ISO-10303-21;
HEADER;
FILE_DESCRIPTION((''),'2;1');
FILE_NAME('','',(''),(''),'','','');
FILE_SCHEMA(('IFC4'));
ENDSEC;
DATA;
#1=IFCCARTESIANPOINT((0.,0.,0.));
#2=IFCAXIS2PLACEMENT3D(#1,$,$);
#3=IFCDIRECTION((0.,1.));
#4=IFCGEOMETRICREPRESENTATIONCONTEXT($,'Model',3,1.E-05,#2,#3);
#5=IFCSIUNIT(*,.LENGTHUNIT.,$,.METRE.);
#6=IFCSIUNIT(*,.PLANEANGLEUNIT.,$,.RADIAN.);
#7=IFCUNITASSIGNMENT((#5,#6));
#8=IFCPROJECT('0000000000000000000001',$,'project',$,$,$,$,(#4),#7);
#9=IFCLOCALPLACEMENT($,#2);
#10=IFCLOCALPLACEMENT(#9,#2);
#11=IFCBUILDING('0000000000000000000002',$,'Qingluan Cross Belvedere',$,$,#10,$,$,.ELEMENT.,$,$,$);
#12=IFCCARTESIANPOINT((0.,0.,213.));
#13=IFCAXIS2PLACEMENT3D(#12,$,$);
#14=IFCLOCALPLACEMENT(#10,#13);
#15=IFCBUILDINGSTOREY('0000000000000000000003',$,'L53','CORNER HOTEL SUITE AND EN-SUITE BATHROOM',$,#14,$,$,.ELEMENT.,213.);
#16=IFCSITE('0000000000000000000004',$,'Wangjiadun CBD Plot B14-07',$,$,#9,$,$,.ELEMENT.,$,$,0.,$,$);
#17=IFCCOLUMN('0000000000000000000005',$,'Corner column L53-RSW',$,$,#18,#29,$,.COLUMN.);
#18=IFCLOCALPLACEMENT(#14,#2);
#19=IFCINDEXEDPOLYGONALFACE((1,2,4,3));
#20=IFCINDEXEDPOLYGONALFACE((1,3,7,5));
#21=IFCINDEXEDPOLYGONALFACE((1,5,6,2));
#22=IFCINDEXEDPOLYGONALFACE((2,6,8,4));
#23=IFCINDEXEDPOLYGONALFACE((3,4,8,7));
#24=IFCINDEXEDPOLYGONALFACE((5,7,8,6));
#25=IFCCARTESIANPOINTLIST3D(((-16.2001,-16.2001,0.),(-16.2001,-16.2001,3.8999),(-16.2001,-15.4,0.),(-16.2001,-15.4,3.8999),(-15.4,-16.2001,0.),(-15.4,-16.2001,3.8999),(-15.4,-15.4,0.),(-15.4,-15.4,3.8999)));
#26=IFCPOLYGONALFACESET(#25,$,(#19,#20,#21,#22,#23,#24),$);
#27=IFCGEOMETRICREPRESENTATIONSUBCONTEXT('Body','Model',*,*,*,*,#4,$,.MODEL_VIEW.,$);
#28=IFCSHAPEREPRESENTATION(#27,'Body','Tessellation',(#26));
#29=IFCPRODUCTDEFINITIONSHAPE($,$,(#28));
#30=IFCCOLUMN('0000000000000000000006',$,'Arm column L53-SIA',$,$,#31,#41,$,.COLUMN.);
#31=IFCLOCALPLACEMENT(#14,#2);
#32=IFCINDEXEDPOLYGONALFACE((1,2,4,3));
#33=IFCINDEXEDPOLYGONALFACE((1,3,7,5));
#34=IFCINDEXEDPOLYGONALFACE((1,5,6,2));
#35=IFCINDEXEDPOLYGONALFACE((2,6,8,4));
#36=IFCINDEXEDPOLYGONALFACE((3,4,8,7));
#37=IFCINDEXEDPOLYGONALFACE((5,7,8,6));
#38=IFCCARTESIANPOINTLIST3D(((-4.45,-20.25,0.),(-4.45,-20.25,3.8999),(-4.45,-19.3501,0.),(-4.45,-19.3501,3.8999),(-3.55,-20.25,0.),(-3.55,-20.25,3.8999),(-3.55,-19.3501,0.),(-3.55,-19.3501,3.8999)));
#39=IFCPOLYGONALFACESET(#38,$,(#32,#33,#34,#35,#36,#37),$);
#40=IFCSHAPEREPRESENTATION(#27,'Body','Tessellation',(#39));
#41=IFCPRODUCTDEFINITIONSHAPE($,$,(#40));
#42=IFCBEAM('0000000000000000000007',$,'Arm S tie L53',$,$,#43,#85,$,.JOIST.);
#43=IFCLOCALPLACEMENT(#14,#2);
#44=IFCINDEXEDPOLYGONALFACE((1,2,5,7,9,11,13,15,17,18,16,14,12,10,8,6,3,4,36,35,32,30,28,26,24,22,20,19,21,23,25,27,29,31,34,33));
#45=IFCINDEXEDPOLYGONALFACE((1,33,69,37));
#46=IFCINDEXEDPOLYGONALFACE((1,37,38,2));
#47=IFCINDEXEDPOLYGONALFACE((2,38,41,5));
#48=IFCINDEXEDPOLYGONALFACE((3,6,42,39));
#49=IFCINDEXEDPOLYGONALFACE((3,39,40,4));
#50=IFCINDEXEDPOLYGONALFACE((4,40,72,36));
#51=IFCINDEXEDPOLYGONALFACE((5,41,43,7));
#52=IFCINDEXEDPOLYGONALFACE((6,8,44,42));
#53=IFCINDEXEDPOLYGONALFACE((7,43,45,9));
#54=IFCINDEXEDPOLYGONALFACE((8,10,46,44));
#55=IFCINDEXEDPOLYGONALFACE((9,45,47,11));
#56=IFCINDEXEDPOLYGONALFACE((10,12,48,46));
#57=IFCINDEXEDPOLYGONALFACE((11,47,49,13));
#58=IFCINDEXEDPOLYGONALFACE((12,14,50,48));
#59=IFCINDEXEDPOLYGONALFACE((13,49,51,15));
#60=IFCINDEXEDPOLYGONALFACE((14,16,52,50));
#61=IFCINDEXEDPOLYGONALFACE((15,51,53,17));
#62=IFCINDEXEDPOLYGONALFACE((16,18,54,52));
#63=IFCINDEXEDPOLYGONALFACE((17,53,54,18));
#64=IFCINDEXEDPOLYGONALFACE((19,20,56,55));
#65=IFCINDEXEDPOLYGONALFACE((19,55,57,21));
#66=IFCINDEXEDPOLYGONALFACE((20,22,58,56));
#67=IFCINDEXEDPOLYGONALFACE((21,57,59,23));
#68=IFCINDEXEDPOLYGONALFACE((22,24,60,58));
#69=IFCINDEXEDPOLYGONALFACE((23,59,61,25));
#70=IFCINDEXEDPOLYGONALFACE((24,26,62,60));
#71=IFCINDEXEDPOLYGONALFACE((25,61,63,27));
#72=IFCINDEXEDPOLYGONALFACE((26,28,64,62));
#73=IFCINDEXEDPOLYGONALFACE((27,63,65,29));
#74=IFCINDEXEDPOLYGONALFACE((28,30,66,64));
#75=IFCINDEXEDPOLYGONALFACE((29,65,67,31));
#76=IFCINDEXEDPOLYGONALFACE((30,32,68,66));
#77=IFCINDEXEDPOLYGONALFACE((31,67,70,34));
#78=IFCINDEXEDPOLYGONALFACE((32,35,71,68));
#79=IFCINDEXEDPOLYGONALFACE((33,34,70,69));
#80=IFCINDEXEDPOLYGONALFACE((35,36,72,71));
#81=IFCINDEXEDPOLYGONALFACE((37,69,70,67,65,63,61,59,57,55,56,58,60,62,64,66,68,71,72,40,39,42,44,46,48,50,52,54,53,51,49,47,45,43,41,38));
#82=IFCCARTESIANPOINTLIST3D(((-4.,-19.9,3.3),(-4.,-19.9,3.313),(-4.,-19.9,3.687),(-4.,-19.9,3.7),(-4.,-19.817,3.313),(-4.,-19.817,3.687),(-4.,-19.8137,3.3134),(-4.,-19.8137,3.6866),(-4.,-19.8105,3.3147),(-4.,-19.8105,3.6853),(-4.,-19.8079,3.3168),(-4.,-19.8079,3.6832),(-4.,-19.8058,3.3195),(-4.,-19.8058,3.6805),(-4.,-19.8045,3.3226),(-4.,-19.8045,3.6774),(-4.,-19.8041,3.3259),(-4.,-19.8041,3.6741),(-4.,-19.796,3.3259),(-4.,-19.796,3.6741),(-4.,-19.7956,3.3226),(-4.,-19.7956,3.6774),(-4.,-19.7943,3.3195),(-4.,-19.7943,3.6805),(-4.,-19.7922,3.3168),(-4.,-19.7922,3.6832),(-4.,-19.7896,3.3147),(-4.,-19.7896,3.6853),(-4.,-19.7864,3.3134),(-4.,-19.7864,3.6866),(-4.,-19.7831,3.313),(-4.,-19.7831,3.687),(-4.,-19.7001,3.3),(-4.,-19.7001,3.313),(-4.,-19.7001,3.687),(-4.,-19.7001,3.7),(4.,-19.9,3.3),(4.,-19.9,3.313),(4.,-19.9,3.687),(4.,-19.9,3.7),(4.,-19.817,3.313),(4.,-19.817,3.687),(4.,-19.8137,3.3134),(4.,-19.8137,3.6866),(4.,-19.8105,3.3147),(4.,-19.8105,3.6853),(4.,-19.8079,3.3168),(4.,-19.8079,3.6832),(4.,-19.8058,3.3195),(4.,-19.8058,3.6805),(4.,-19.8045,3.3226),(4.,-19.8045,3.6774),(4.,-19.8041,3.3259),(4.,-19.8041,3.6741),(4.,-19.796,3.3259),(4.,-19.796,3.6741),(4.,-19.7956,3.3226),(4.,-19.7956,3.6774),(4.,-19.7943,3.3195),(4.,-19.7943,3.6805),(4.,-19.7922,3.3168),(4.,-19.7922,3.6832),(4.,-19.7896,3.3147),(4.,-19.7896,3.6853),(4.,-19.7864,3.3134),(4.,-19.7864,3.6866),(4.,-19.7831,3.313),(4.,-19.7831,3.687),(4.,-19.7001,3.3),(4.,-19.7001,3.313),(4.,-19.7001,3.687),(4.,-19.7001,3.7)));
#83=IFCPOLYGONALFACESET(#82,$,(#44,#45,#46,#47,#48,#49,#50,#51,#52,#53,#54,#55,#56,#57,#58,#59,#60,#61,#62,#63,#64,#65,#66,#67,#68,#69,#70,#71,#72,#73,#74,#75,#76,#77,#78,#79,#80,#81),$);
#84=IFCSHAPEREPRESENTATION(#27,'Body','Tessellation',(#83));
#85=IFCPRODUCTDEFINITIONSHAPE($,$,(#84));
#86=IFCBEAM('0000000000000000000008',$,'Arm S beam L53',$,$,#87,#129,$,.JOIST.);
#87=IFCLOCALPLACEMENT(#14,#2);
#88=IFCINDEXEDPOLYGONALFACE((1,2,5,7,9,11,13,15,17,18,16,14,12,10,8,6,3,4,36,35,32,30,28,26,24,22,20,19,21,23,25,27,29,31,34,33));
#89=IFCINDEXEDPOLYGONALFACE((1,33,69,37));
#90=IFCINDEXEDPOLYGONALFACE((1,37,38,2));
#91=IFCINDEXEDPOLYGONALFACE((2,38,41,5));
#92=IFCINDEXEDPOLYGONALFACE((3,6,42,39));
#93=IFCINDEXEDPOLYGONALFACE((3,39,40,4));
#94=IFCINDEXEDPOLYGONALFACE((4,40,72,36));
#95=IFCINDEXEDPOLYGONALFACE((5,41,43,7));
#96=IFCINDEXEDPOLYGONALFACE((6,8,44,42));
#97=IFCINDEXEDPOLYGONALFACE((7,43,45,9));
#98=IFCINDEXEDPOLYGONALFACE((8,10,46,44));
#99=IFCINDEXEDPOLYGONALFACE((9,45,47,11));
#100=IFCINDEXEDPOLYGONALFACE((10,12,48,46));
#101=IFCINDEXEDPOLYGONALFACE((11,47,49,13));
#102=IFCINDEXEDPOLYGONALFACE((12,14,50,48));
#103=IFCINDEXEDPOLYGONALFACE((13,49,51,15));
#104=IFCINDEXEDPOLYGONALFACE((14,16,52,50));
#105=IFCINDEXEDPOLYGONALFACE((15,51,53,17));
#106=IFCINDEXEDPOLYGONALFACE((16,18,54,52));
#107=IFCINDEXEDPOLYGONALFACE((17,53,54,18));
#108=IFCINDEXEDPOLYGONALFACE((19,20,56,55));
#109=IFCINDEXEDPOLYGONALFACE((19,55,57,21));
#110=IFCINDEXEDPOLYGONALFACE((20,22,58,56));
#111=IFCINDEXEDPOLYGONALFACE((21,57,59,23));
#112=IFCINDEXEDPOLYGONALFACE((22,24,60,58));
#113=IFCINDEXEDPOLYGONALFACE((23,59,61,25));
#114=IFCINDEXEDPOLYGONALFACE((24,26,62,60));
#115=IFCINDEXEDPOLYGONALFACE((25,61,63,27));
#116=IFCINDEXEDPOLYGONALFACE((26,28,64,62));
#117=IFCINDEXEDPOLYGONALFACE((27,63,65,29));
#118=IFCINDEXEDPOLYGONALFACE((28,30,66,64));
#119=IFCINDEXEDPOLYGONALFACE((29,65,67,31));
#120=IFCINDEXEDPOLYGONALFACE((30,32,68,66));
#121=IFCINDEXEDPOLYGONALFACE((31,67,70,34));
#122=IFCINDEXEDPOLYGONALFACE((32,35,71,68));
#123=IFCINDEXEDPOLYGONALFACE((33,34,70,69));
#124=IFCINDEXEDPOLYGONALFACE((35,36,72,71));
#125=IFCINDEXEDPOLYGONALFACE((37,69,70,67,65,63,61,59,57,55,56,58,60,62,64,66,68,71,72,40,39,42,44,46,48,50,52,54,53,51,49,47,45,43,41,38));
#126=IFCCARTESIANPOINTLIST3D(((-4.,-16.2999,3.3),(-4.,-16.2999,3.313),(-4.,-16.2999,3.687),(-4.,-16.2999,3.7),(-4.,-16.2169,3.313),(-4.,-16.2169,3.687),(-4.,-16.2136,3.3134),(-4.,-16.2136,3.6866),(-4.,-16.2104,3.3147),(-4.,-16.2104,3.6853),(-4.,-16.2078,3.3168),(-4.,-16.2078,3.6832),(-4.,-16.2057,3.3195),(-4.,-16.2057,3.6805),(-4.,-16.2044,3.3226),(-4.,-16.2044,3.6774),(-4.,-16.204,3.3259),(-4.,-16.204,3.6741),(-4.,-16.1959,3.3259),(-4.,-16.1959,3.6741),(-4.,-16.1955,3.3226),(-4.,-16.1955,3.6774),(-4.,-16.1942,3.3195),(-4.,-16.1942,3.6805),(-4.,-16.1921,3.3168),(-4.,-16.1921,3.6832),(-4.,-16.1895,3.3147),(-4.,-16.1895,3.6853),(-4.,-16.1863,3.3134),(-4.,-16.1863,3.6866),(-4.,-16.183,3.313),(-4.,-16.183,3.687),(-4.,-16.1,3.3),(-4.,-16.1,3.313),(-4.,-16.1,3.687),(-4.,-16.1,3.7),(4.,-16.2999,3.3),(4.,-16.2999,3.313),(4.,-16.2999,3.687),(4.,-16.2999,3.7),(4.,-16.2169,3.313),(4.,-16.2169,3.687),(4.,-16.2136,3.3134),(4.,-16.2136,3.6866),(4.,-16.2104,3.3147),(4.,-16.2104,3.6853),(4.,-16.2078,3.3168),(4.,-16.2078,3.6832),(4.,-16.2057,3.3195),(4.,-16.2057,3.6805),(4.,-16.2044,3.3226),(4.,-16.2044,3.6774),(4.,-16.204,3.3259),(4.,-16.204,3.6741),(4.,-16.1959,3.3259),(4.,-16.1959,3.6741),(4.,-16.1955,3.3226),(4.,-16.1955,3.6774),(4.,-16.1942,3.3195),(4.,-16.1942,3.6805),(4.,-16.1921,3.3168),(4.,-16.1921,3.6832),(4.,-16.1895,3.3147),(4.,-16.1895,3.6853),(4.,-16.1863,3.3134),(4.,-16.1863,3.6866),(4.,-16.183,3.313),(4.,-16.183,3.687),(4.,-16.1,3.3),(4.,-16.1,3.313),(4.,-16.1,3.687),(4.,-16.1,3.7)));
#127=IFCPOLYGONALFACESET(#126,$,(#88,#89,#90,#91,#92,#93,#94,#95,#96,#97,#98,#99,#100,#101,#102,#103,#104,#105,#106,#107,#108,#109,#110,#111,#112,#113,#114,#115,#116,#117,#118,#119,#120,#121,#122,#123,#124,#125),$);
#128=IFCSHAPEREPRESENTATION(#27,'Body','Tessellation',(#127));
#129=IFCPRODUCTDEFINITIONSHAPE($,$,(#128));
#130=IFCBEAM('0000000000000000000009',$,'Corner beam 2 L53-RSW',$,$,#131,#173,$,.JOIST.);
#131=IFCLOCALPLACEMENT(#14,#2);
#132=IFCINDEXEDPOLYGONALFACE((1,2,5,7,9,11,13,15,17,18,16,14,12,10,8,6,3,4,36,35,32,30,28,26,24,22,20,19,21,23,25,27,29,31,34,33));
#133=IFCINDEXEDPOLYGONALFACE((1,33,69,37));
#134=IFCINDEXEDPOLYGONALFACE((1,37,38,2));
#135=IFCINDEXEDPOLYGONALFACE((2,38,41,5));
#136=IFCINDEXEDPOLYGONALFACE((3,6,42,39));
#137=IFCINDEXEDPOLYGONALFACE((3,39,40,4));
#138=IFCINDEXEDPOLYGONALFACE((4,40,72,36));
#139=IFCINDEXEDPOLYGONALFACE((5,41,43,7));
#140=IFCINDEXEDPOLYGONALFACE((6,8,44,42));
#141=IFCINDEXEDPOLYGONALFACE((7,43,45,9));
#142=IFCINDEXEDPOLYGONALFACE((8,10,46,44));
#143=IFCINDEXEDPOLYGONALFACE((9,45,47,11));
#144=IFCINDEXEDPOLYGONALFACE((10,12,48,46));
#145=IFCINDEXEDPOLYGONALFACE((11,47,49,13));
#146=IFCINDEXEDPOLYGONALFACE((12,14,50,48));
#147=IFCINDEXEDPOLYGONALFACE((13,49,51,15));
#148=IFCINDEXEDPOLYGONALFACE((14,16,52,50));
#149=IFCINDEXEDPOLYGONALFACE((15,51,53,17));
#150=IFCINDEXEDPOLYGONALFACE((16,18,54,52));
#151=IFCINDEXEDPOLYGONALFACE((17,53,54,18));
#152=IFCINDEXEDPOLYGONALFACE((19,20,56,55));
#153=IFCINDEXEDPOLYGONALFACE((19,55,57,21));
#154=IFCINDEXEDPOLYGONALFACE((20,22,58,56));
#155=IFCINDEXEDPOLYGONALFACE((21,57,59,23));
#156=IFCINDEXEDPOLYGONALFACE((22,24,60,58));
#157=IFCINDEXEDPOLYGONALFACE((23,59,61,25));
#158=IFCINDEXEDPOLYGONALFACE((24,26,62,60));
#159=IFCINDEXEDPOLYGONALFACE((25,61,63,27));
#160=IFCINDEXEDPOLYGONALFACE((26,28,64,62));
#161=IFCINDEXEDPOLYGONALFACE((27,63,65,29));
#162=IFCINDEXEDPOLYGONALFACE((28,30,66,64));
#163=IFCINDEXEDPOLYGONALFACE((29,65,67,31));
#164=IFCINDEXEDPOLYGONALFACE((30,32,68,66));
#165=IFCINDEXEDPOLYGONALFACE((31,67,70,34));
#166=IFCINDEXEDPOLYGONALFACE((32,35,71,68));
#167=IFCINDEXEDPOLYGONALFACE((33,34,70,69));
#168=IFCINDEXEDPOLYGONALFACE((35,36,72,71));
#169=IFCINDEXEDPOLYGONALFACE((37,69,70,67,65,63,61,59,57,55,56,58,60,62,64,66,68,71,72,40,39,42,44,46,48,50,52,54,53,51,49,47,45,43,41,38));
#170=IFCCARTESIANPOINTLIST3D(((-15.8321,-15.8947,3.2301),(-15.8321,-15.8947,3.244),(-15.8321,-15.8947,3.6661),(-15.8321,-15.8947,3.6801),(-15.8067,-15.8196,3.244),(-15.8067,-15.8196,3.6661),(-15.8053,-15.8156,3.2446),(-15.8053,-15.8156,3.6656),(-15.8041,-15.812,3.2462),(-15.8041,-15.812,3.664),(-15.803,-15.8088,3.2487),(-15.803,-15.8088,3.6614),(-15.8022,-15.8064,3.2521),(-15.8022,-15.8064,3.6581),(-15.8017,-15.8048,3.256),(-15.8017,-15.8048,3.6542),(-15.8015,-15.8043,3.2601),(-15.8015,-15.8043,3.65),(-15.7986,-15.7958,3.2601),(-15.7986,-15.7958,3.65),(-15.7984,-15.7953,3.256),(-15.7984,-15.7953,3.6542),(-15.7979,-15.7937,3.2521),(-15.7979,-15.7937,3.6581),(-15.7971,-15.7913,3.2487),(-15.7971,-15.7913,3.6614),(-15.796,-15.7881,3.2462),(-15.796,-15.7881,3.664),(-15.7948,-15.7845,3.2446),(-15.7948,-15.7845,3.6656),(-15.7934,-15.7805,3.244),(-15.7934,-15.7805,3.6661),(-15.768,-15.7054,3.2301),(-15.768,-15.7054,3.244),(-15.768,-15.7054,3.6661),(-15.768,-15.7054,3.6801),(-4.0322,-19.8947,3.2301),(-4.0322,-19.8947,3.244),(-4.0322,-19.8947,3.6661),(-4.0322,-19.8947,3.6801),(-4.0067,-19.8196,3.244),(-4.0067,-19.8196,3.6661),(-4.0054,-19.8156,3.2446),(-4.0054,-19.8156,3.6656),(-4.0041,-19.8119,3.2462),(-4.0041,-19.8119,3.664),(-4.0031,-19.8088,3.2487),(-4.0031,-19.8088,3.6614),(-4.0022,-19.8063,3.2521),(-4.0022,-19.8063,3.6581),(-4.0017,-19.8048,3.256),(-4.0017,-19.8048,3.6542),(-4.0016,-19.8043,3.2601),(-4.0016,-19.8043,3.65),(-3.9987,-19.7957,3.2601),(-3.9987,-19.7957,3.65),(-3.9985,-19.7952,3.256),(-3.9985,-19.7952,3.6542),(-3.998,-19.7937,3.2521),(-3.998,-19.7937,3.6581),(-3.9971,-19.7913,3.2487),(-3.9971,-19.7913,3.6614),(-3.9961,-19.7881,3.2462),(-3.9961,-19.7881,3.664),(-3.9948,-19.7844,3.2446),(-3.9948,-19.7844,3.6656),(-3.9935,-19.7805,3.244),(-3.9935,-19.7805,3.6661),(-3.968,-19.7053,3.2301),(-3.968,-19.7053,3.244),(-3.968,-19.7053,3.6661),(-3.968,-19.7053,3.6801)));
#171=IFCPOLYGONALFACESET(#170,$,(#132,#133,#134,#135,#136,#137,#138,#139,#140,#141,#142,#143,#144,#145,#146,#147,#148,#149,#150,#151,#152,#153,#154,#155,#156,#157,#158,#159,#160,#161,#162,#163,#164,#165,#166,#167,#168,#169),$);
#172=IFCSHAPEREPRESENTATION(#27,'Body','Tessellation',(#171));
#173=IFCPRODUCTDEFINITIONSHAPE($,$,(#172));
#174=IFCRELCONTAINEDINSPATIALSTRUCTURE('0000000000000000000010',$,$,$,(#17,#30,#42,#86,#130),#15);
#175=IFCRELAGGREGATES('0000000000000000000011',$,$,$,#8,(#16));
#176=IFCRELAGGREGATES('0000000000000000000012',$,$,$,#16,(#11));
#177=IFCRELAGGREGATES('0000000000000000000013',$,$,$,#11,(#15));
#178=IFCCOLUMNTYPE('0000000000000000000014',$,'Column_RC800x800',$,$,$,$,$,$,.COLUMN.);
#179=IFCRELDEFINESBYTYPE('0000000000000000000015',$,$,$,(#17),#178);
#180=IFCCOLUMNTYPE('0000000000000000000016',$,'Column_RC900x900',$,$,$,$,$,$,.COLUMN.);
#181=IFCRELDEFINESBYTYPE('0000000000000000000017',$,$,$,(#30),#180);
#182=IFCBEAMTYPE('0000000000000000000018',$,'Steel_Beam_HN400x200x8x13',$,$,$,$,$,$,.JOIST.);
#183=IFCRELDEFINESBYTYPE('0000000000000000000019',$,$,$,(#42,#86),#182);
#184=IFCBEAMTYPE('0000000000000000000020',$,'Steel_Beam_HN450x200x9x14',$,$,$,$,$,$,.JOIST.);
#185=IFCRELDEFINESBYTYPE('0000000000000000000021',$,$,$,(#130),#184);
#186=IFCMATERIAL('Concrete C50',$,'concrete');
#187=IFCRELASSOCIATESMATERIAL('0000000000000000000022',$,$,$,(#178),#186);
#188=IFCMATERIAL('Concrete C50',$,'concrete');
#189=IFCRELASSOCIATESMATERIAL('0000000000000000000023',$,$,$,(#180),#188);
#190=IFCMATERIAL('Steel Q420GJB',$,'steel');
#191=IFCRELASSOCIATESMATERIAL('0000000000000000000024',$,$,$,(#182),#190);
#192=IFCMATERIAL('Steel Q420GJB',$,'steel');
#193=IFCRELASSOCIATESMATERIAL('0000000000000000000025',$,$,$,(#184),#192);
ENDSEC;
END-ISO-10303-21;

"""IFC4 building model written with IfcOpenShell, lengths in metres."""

from ifc_helpers import new_model, si_unit, direction, frame, origin, origin_2d, place, context, subcontext, project, spatial, rectangle, i_section, extrude, material, material_profile, profile_set, type_object, element, save


model = new_model("IFC4")

# Units and contexts
model_context = context("Model", 3, precision=1e-05, world=origin(), true_north=direction((0.0, 1.0)))
body_context = subcontext(model_context, "Body", "Model", "MODEL_VIEW")
ifc_project = project(units=[si_unit("LENGTHUNIT", "METRE"), si_unit("PLANEANGLEUNIT", "RADIAN")], contexts=[model_context])

# Site, building, storey
site_placement = place(None, origin())
site = spatial("IfcSite", under=ifc_project, at=site_placement, Name="Wangjiadun CBD Plot B14-07", CompositionType="ELEMENT", RefElevation=0.0)
building_placement = place(site_placement, origin())
building = spatial("IfcBuilding", under=site, at=building_placement, Name="Qingluan Cross Belvedere", CompositionType="ELEMENT")
storey_placement = place(building_placement, frame((0.0, 0.0, 213.0)))
storey = spatial("IfcBuildingStorey", under=building, at=storey_placement, Name="L53", Description="CORNER HOTEL SUITE AND EN-SUITE BATHROOM", CompositionType="ELEMENT", Elevation=213.0)

# Columns
ifc_material_1 = material(Name="Concrete C50", Category="concrete")
ifc_material_profile_1 = material_profile(ifc_material_1, rectangle(XDim=0.8, YDim=0.8, at=origin_2d()), Name="RC800x800")
ifc_profile_set_1 = profile_set([ifc_material_profile_1], Name="Concrete C50")
column_type_1 = type_object("IfcColumnType", Name="Column_RC800x800", PredefinedType="COLUMN", material=ifc_profile_set_1)
column_1_placement = place(storey_placement, frame((-15.8, -15.8, 0.0), z_axis=(0.0, 0.0, 1.0), x_axis=(1.0, 0.0, 0.0)))
element("IfcColumn", 1, at=column_1_placement, inside=storey, type_object=column_type_1, Name="Corner column L53-RSW", PredefinedType="COLUMN", context=body_context, shape_type="SweptSolid", body=[
    extrude(rectangle(XDim=0.8, YDim=0.8, at=origin_2d()), origin(), (0.0, 0.0, 1.0), 3.8999),
])
ifc_material_2 = material(Name="Concrete C50", Category="concrete")
ifc_material_profile_2 = material_profile(ifc_material_2, rectangle(XDim=0.8999, YDim=0.8999, at=origin_2d()), Name="RC900x900")
ifc_profile_set_2 = profile_set([ifc_material_profile_2], Name="Concrete C50")
column_type_2 = type_object("IfcColumnType", Name="Column_RC900x900", PredefinedType="COLUMN", material=ifc_profile_set_2)
column_2_placement = place(storey_placement, frame((-4.0, -19.8, 0.0), z_axis=(0.0, 0.0, 1.0), x_axis=(1.0, 0.0, 0.0)))
element("IfcColumn", 2, at=column_2_placement, inside=storey, type_object=column_type_2, Name="Arm column L53-SIA", PredefinedType="COLUMN", context=body_context, shape_type="SweptSolid", body=[
    extrude(rectangle(XDim=0.8999, YDim=0.8999, at=origin_2d()), origin(), (0.0, 0.0, 1.0), 3.8999),
])

# Beams
ifc_material_3 = material(Name="Steel Q420GJB", Category="steel")
ifc_material_profile_3 = material_profile(ifc_material_3, i_section(OverallWidth=0.2, OverallDepth=0.3999, WebThickness=0.0081, FlangeThickness=0.0129, FilletRadius=0.0129, at=origin_2d()), Name="HN400x200x8x13")
ifc_profile_set_3 = profile_set([ifc_material_profile_3], Name="Steel Q420GJB")
beam_type_1 = type_object("IfcBeamType", Name="Steel_Beam_HN400x200x8x13", PredefinedType="JOIST", material=ifc_profile_set_3)
for number, where, z_axis, x_axis, name in (
    (3, (-4.0, -19.8, 3.5), (1.0, 0.0, 0.0), (0.0, 1.0, 0.0), "Arm S tie L53"),
    (4, (-4.0, -16.2, 3.5), (1.0, 0.0, 0.0), (0.0, 1.0, 0.0), "Arm S beam L53"),
):
    element("IfcBeam", number, at=place(storey_placement, frame(where, z_axis=z_axis, x_axis=x_axis)), inside=storey, type_object=beam_type_1, Name=name, PredefinedType="JOIST", context=body_context, shape_type="SweptSolid", body=[
        extrude(i_section(OverallWidth=0.2, OverallDepth=0.3999, WebThickness=0.0081, FlangeThickness=0.0129, FilletRadius=0.0129, at=origin_2d()), origin(), (0.0, 0.0, 1.0), 8.0),
    ])
ifc_material_4 = material(Name="Steel Q420GJB", Category="steel")
ifc_material_profile_4 = material_profile(ifc_material_4, i_section(OverallWidth=0.2, OverallDepth=0.45, WebThickness=0.009, FlangeThickness=0.0139, FilletRadius=0.0161, at=origin_2d()), Name="HN450x200x9x14")
ifc_profile_set_4 = profile_set([ifc_material_profile_4], Name="Steel Q420GJB")
beam_type_2 = type_object("IfcBeamType", Name="Steel_Beam_HN450x200x9x14", PredefinedType="JOIST", material=ifc_profile_set_4)
for number, where, z_axis, x_axis, name in (
    (5, (-15.8, -15.8, 3.4551), (0.947066, -0.321038, 0.0), (0.321038, 0.947066, 0.0), "Corner beam 2 L53-RSW"),
):
    element("IfcBeam", number, at=place(storey_placement, frame(where, z_axis=z_axis, x_axis=x_axis)), inside=storey, type_object=beam_type_2, Name=name, PredefinedType="JOIST", context=body_context, shape_type="SweptSolid", body=[
        extrude(i_section(OverallWidth=0.2, OverallDepth=0.45, WebThickness=0.009, FlangeThickness=0.0139, FilletRadius=0.0161, at=origin_2d()), origin(), (0.0, 0.0, 1.0), 12.4595),
    ])

save(model, "model.ifc")
